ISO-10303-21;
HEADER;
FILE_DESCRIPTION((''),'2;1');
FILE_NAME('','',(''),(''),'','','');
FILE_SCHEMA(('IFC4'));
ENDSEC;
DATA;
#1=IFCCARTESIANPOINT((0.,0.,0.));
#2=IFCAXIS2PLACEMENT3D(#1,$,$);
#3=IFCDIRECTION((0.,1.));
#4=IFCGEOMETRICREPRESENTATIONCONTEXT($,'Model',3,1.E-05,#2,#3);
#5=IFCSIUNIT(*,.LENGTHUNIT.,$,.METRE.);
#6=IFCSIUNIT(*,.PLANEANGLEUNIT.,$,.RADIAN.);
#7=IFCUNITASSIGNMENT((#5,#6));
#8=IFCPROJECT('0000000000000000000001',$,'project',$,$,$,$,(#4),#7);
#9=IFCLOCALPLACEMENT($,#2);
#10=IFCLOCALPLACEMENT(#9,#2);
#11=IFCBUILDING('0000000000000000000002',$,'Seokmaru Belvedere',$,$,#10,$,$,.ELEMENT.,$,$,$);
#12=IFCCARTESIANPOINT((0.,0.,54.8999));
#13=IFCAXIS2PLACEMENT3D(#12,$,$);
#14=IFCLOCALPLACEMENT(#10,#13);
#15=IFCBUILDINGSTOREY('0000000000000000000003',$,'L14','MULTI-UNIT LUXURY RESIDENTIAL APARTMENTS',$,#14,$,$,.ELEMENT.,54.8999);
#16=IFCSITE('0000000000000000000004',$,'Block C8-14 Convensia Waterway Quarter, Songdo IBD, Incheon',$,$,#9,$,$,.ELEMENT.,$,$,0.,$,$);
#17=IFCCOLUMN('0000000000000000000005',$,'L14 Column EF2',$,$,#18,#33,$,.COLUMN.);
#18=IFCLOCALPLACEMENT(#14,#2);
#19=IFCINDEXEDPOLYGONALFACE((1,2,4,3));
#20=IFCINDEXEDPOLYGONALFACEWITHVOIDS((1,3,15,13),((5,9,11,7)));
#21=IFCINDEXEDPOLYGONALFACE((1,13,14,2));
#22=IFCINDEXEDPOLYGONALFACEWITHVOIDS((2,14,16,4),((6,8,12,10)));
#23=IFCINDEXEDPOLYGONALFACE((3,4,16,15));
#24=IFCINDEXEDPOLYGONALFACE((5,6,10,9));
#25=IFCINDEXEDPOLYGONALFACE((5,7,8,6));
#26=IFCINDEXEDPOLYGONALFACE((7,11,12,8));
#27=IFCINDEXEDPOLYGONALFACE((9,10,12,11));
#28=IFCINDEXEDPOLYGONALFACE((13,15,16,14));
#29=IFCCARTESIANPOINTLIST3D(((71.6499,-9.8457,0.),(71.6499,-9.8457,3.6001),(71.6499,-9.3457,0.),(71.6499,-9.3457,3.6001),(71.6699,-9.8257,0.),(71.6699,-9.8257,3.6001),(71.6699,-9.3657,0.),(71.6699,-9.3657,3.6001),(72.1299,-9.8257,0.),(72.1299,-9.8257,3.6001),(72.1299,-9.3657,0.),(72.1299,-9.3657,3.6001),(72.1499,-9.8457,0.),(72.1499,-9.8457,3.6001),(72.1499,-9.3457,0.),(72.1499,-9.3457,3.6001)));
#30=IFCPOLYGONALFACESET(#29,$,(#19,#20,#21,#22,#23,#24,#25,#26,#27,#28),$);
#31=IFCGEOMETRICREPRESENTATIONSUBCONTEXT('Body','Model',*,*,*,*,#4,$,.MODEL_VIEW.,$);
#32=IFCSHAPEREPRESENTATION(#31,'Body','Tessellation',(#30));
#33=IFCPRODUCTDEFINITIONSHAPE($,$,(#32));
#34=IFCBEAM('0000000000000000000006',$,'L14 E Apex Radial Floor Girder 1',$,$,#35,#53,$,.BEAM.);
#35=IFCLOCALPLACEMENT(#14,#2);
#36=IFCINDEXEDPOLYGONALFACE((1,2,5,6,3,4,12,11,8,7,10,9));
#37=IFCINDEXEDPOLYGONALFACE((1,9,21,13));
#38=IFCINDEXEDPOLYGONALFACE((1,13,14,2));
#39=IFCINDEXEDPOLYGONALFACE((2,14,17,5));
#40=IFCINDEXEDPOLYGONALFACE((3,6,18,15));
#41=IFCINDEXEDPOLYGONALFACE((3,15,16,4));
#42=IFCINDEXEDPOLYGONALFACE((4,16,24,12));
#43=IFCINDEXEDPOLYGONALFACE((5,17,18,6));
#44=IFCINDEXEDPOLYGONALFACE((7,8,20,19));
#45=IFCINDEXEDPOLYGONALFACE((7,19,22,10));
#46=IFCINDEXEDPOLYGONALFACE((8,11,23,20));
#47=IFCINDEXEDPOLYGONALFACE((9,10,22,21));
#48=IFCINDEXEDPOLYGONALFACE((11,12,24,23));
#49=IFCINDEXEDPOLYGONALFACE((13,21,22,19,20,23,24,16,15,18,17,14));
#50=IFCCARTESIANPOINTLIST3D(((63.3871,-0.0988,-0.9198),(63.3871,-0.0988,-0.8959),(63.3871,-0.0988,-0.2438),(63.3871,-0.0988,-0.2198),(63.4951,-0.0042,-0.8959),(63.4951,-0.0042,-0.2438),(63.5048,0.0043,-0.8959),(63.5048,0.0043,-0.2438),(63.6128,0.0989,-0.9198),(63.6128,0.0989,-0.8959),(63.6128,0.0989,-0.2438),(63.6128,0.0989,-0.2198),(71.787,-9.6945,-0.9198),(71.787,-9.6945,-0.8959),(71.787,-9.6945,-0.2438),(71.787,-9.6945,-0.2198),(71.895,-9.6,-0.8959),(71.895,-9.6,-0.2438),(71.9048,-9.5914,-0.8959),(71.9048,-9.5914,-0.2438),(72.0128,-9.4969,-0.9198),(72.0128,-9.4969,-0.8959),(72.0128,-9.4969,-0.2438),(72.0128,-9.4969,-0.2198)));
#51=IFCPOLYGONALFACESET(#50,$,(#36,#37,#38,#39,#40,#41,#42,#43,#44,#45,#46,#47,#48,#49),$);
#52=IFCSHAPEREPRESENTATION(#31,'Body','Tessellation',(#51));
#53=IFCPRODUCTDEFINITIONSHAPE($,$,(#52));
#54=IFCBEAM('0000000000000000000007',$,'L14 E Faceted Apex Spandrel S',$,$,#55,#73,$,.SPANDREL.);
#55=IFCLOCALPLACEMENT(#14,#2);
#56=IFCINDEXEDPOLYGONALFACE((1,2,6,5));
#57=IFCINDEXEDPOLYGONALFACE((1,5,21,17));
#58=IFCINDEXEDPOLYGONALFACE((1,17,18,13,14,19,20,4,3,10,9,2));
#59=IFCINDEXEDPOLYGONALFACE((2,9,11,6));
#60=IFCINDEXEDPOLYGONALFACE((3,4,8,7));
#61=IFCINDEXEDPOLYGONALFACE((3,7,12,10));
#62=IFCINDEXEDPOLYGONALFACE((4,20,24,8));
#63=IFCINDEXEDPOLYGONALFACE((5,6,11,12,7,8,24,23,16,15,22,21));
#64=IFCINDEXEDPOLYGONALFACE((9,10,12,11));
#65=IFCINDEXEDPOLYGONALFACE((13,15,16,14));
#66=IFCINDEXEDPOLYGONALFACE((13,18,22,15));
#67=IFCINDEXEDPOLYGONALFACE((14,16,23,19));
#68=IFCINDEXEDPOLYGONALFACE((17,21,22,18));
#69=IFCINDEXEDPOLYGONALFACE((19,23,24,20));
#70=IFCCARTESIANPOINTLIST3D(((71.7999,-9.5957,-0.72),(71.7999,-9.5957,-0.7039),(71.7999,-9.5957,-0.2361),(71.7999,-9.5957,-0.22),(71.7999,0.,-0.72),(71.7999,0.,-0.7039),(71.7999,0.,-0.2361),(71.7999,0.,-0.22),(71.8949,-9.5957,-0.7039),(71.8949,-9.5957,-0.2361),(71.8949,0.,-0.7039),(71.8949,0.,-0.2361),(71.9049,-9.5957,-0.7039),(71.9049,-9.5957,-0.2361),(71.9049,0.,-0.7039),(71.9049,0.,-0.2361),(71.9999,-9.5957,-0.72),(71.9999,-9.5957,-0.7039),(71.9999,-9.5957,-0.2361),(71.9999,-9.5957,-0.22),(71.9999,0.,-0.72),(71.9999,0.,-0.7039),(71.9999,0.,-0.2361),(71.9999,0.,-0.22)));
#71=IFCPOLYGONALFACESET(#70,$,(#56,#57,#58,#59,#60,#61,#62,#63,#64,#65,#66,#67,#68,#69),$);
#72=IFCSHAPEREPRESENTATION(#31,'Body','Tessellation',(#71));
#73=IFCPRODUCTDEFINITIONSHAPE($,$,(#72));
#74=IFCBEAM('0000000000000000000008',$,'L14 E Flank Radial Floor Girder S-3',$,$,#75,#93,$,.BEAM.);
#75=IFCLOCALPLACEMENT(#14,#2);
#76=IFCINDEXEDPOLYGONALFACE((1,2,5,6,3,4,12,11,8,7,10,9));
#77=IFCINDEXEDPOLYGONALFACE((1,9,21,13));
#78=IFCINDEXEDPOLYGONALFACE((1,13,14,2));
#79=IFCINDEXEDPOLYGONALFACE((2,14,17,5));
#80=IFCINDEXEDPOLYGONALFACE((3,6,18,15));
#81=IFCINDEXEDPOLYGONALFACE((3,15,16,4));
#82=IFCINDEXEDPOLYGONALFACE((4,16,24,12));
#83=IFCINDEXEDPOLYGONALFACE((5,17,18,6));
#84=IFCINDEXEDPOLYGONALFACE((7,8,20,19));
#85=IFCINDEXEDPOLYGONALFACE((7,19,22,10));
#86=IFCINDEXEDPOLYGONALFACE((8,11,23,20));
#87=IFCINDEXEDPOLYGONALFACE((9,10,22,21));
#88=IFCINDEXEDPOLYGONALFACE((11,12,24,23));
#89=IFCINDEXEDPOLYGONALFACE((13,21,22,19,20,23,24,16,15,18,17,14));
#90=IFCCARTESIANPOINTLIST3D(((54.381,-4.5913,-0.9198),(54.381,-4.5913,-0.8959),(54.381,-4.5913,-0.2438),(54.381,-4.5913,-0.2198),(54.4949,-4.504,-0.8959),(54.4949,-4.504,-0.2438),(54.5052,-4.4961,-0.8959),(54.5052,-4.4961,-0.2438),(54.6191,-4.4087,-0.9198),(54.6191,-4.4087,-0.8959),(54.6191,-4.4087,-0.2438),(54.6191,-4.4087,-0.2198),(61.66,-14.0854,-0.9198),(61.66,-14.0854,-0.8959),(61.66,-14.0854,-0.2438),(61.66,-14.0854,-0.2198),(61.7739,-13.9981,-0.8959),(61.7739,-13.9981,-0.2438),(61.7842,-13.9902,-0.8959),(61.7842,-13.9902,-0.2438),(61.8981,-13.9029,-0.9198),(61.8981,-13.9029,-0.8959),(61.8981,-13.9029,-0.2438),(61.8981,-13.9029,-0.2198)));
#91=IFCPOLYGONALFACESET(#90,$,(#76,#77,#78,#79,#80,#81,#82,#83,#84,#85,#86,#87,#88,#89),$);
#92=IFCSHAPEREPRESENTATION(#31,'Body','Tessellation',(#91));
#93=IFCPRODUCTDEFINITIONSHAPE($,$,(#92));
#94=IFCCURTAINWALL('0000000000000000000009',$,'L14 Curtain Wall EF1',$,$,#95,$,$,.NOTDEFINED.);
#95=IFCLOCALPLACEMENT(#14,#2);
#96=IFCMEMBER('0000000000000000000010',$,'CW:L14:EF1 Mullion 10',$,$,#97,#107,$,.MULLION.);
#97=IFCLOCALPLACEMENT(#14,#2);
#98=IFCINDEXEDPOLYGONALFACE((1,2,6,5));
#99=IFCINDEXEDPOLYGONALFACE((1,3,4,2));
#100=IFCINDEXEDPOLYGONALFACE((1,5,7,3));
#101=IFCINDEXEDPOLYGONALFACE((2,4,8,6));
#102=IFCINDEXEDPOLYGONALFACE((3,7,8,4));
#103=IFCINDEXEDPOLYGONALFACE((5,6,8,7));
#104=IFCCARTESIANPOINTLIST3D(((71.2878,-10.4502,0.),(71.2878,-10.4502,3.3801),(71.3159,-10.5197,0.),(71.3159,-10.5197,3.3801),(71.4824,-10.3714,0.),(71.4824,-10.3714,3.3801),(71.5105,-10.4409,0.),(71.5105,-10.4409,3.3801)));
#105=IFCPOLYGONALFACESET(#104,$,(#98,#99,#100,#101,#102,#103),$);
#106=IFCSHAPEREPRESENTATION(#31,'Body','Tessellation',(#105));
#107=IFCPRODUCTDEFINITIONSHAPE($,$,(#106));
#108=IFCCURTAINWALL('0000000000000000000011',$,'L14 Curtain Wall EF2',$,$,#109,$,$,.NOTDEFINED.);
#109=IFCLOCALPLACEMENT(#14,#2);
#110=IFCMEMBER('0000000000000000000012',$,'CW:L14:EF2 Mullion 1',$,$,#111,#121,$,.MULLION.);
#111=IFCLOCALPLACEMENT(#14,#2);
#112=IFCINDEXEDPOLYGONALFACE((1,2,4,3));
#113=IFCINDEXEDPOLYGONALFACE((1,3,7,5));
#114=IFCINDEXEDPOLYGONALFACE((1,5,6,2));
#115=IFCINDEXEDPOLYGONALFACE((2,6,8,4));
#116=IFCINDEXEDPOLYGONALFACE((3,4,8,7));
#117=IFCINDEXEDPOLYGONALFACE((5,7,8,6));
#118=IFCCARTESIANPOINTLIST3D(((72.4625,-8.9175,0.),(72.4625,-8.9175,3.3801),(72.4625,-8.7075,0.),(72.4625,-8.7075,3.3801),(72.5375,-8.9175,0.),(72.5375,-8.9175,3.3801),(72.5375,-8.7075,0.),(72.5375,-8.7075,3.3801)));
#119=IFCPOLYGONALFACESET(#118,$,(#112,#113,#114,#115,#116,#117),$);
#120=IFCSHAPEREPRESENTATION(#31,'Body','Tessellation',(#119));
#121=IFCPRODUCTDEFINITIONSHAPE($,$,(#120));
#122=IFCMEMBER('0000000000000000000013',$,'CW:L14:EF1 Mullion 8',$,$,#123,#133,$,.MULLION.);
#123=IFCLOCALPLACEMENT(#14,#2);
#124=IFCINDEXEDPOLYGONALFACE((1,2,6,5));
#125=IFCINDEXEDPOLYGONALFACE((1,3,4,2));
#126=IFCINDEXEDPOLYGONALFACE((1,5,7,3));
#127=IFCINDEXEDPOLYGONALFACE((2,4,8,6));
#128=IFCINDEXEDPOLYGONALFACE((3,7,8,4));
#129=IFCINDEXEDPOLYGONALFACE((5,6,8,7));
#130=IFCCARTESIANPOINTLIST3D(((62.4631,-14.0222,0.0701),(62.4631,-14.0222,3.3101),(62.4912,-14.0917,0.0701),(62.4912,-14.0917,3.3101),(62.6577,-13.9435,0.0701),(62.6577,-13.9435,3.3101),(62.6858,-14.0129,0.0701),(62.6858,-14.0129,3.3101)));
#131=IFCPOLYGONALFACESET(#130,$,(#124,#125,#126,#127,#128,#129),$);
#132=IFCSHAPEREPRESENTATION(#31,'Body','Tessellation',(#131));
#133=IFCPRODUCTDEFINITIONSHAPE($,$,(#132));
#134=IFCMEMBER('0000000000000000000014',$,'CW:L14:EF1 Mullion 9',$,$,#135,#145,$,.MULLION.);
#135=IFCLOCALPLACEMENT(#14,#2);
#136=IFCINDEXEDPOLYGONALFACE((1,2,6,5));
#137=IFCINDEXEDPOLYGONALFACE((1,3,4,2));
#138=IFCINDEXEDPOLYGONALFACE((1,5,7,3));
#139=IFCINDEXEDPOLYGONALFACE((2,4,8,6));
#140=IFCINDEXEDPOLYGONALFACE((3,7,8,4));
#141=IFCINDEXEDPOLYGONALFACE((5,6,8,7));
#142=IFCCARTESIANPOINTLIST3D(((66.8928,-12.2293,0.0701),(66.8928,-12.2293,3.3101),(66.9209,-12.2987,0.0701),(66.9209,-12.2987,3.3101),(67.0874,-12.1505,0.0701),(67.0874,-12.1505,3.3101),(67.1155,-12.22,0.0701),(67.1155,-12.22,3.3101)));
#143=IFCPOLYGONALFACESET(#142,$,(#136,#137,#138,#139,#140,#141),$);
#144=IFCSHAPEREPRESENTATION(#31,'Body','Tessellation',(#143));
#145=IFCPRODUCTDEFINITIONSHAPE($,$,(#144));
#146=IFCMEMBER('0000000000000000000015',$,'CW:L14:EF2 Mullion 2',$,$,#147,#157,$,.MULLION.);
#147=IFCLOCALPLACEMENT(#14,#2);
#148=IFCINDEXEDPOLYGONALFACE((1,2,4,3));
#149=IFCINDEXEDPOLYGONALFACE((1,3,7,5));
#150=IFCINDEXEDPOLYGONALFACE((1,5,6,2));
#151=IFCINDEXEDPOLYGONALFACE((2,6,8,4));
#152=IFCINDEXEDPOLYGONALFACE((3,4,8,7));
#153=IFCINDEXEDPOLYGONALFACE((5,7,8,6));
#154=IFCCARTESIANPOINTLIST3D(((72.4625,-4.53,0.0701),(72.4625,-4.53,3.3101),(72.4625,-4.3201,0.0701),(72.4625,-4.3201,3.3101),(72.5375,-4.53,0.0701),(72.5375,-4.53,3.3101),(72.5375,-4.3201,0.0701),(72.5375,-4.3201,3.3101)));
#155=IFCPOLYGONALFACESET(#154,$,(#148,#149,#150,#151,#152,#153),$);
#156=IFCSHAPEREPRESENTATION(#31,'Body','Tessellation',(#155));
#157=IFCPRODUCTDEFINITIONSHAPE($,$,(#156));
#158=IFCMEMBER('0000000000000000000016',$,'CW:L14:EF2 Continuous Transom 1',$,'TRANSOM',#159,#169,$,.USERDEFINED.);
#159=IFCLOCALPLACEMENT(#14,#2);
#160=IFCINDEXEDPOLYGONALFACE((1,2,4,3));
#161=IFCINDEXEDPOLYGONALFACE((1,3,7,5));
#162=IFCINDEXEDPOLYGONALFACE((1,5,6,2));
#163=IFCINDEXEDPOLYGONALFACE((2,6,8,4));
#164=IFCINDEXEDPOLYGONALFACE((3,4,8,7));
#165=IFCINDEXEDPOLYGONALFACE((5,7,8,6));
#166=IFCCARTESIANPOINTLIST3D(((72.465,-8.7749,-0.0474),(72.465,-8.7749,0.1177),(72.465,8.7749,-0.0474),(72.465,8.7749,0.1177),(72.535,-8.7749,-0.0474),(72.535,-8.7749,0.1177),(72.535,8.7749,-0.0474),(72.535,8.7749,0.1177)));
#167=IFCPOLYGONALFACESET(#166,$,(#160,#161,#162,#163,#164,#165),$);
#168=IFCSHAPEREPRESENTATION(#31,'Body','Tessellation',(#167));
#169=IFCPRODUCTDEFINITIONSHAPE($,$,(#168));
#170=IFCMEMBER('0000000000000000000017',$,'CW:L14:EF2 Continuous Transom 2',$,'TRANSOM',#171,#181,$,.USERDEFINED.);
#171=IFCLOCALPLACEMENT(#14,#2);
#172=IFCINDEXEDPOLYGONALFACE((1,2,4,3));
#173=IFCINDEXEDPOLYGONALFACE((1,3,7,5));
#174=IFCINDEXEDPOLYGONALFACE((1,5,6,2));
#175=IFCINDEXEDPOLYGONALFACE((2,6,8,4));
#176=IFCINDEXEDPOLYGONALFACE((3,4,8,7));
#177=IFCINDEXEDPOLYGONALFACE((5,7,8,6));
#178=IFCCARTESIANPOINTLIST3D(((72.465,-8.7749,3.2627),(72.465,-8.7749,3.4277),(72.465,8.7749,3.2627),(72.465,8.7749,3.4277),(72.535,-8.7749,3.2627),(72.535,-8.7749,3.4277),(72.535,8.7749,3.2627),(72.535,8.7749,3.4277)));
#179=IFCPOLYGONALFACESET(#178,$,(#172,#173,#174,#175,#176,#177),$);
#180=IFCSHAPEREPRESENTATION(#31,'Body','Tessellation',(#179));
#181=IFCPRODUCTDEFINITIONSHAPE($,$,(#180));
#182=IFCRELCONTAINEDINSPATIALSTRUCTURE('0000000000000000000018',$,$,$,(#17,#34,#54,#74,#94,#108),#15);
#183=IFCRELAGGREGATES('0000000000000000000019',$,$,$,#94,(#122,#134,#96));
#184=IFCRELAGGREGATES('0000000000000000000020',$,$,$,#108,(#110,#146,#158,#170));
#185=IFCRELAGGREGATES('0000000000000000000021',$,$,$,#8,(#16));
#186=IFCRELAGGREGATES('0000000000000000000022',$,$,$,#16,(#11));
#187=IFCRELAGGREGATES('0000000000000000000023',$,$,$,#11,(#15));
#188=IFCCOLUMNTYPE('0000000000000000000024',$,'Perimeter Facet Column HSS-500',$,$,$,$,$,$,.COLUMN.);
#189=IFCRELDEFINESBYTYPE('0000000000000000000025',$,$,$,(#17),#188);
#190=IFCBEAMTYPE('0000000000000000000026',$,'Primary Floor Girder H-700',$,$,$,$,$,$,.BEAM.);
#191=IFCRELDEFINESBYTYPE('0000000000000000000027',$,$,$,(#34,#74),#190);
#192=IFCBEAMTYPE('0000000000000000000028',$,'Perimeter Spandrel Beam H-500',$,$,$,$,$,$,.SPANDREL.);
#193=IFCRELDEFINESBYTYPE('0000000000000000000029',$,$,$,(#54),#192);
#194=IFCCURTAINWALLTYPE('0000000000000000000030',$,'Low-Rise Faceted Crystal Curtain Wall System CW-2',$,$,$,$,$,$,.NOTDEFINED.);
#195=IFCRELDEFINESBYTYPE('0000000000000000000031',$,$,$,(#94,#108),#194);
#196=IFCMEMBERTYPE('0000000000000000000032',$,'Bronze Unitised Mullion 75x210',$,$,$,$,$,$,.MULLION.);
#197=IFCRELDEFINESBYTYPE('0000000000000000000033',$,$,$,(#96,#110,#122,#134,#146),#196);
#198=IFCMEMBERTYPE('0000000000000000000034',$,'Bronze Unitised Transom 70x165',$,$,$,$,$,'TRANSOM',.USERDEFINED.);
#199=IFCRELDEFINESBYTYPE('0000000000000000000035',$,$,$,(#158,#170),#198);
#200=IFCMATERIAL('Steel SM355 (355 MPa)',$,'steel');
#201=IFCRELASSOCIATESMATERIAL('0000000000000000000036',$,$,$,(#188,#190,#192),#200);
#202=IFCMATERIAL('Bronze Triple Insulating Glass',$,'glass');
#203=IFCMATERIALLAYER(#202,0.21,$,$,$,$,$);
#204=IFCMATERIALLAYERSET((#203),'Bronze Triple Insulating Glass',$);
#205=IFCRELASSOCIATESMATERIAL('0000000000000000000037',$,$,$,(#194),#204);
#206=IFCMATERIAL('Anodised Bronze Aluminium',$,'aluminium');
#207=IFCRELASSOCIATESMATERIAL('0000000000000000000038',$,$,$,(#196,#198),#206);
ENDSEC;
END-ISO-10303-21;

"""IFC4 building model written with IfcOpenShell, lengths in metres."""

from ifc_helpers import new_model, si_unit, direction, frame, origin, origin_2d, place, context, subcontext, project, spatial, rectangle, hollow_rectangle, i_section, extrude, source, transform, mapped, material, layer, layer_set, material_profile, profile_set, type_object, type_shapes, element, aggregate, save


model = new_model("IFC4")

# Units and contexts
model_context = context("Model", 3, precision=1e-05, world=origin(), true_north=direction((0.0, 1.0)))
body_context = subcontext(model_context, "Body", "Model", "MODEL_VIEW")
ifc_project = project(units=[si_unit("LENGTHUNIT", "METRE"), si_unit("PLANEANGLEUNIT", "RADIAN")], contexts=[model_context])

# Site, building, storey
site_placement = place(None, origin())
site = spatial("IfcSite", under=ifc_project, at=site_placement, Name="Block C8-14 Convensia Waterway Quarter, Songdo IBD, Incheon", CompositionType="ELEMENT", RefElevation=0.0)
building_placement = place(site_placement, origin())
building = spatial("IfcBuilding", under=site, at=building_placement, Name="Seokmaru Belvedere", CompositionType="ELEMENT")
storey_placement = place(building_placement, frame((0.0, 0.0, 54.8999)))
storey = spatial("IfcBuildingStorey", under=building, at=storey_placement, Name="L14", Description="MULTI-UNIT LUXURY RESIDENTIAL APARTMENTS", CompositionType="ELEMENT", Elevation=54.8999)

# Column
ifc_material_1 = material(Name="Steel SM355 (355 MPa)", Category="steel")
ifc_material_profile_1 = material_profile(ifc_material_1, hollow_rectangle(XDim=0.5, YDim=0.5, WallThickness=0.02, at=origin_2d()), Name="HSS-500x500x20")
ifc_profile_set_1 = profile_set([ifc_material_profile_1], Name="Steel SM355 (355 MPa)")
column_type = type_object("IfcColumnType", Name="Perimeter Facet Column HSS-500", PredefinedType="COLUMN", material=ifc_profile_set_1)
shared_shape_1 = source(origin(), body_context, "Body", "SweptSolid", [
    extrude(hollow_rectangle(XDim=0.5, YDim=0.5, WallThickness=0.02, at=origin_2d()), origin(), (0.0, 0.0, 1.0), 3.6001),
])
type_shapes(column_type, [shared_shape_1])
column_placement = place(storey_placement, frame((71.8999, -9.5957, 0.0), z_axis=(0.0, 0.0, 1.0), x_axis=(1.0, 0.0, 0.0)))
element("IfcColumn", 1, at=column_placement, inside=storey, type_object=column_type, Name="L14 Column EF2", PredefinedType="COLUMN", context=body_context, shape_type="MappedRepresentation", body=[
    mapped(shared_shape_1, transform((0.0, 0.0, 0.0), scale=1.0)),
])

# Beams
ifc_material_profile_2 = material_profile(ifc_material_1, i_section(OverallWidth=0.3, OverallDepth=0.7, WebThickness=0.0129, FlangeThickness=0.0239, at=origin_2d()), Name="H-700x300x13x24")
ifc_profile_set_2 = profile_set([ifc_material_profile_2], Name="Steel SM355 (355 MPa)")
beam_type_1 = type_object("IfcBeamType", Name="Primary Floor Girder H-700", PredefinedType="BEAM", material=ifc_profile_set_2)
shared_shape_2 = source(origin(), body_context, "Body", "SweptSolid", [
    extrude(i_section(OverallWidth=0.3, OverallDepth=0.7, WebThickness=0.0129, FlangeThickness=0.0239, at=origin_2d()), origin(), (0.0, 0.0, 1.0), 12.7529),
])
beam_1_placement = place(storey_placement, frame((71.8999, -9.5957, -0.5698), z_axis=(-0.658667, 0.752434, 0.0), x_axis=(-0.752434, -0.658667, 0.0)))
element("IfcBeam", 2, at=beam_1_placement, inside=storey, type_object=beam_type_1, Name="L14 E Apex Radial Floor Girder 1", PredefinedType="BEAM", context=body_context, shape_type="MappedRepresentation", body=[
    mapped(shared_shape_2, transform((0.0, 0.0, 0.0), scale=1.0)),
])
ifc_material_profile_3 = material_profile(ifc_material_1, i_section(OverallWidth=0.2, OverallDepth=0.5, WebThickness=0.01, FlangeThickness=0.0161, at=origin_2d()), Name="H-500x200x10x16")
ifc_profile_set_3 = profile_set([ifc_material_profile_3], Name="Steel SM355 (355 MPa)")
beam_type_2 = type_object("IfcBeamType", Name="Perimeter Spandrel Beam H-500", PredefinedType="SPANDREL", material=ifc_profile_set_3)
shared_shape_3 = source(origin(), body_context, "Body", "SweptSolid", [
    extrude(i_section(OverallWidth=0.2, OverallDepth=0.5, WebThickness=0.01, FlangeThickness=0.0161, at=origin_2d()), origin(), (0.0, 0.0, 1.0), 9.5957),
])
type_shapes(beam_type_2, [shared_shape_3])
beam_2_placement = place(storey_placement, frame((71.8999, -9.5957, -0.47), z_axis=(0.0, 1.0, 0.0), x_axis=(-1.0, 0.0, 0.0)))
element("IfcBeam", 3, at=beam_2_placement, inside=storey, type_object=beam_type_2, Name="L14 E Faceted Apex Spandrel S", PredefinedType="SPANDREL", context=body_context, shape_type="MappedRepresentation", body=[
    mapped(shared_shape_3, transform((0.0, 0.0, 0.0), scale=1.0)),
])
shared_shape_4 = source(origin(), body_context, "Body", "SweptSolid", [
    extrude(i_section(OverallWidth=0.3, OverallDepth=0.7, WebThickness=0.0129, FlangeThickness=0.0239, at=origin_2d()), origin(), (0.0, 0.0, 1.0), 11.9634),
])
type_shapes(beam_type_1, [shared_shape_2, shared_shape_4])
beam_3_placement = place(storey_placement, frame((61.7791, -13.9941, -0.5698), z_axis=(-0.608443, 0.793598, 0.0), x_axis=(-0.793598, -0.608443, 0.0)))
element("IfcBeam", 4, at=beam_3_placement, inside=storey, type_object=beam_type_1, Name="L14 E Flank Radial Floor Girder S-3", PredefinedType="BEAM", context=body_context, shape_type="MappedRepresentation", body=[
    mapped(shared_shape_4, transform((0.0, 0.0, 0.0), scale=1.0)),
])

# Curtain walls, members
ifc_material_2 = material(Name="Bronze Triple Insulating Glass", Category="glass")
ifc_layer_1 = layer(ifc_material_2, 0.21)
ifc_layer_set_1 = layer_set([ifc_layer_1], Name="Bronze Triple Insulating Glass")
curtain_wall_type = type_object("IfcCurtainWallType", Name="Low-Rise Faceted Crystal Curtain Wall System CW-2", PredefinedType="NOTDEFINED", material=ifc_layer_set_1)
curtain_wall_1_placement = place(storey_placement, origin())
curtain_wall_1 = element("IfcCurtainWall", 5, at=curtain_wall_1_placement, inside=storey, type_object=curtain_wall_type, Name="L14 Curtain Wall EF1", PredefinedType="NOTDEFINED")
ifc_material_3 = material(Name="Anodised Bronze Aluminium", Category="aluminium")
ifc_material_profile_4 = material_profile(ifc_material_3, rectangle(XDim=0.075, YDim=0.21, at=origin_2d()), Name="CW-M-75x210")
ifc_profile_set_4 = profile_set([ifc_material_profile_4], Name="Anodised Bronze Aluminium")
member_type_1 = type_object("IfcMemberType", Name="Bronze Unitised Mullion 75x210", PredefinedType="MULLION", material=ifc_profile_set_4)
shared_shape_5 = source(origin(), body_context, "Body", "SweptSolid", [
    extrude(rectangle(XDim=0.075, YDim=0.21, at=origin_2d()), origin(), (0.0, 0.0, 1.0), 3.3801),
])
member_1_placement = place(storey_placement, frame((71.3992, -10.4456, 0.0), z_axis=(0.0, 0.0, 1.0), x_axis=(-0.375192, 0.926947, 0.0)))
member_1 = element("IfcMember", 6, at=member_1_placement, type_object=member_type_1, Name="CW:L14:EF1 Mullion 10", PredefinedType="MULLION", context=body_context, shape_type="MappedRepresentation", body=[
    mapped(shared_shape_5, transform((0.0, 0.0, 0.0), scale=1.0)),
])
curtain_wall_2_placement = place(storey_placement, origin())
curtain_wall_2 = element("IfcCurtainWall", 7, at=curtain_wall_2_placement, inside=storey, type_object=curtain_wall_type, Name="L14 Curtain Wall EF2", PredefinedType="NOTDEFINED")
member_2_placement = place(storey_placement, frame((72.5, -8.8125, 0.0), z_axis=(0.0, 0.0, 1.0), x_axis=(-1.0, 0.0, 0.0)))
member_2 = element("IfcMember", 8, at=member_2_placement, type_object=member_type_1, Name="CW:L14:EF2 Mullion 1", PredefinedType="MULLION", context=body_context, shape_type="MappedRepresentation", body=[
    mapped(shared_shape_5, transform((0.0, 0.0, 0.0), scale=1.0)),
])

# Members
shared_shape_6 = source(origin(), body_context, "Body", "SweptSolid", [
    extrude(rectangle(XDim=0.075, YDim=0.21, at=origin_2d()), origin(), (0.0, 0.0, 1.0), 3.24),
])
type_shapes(member_type_1, [shared_shape_5, shared_shape_6])
member_3_placement = place(storey_placement, frame((62.5745, -14.0176, 0.0701), z_axis=(0.0, 0.0, 1.0), x_axis=(-0.375192, 0.926947, 0.0)))
member_3 = element("IfcMember", 9, at=member_3_placement, type_object=member_type_1, Name="CW:L14:EF1 Mullion 8", PredefinedType="MULLION", context=body_context, shape_type="MappedRepresentation", body=[
    mapped(shared_shape_6, transform((0.0, 0.0, 0.0), scale=1.0)),
])
member_4_placement = place(storey_placement, frame((67.0042, -12.2246, 0.0701), z_axis=(0.0, 0.0, 1.0), x_axis=(-0.375192, 0.926947, 0.0)))
member_4 = element("IfcMember", 10, at=member_4_placement, type_object=member_type_1, Name="CW:L14:EF1 Mullion 9", PredefinedType="MULLION", context=body_context, shape_type="MappedRepresentation", body=[
    mapped(shared_shape_6, transform((0.0, 0.0, 0.0), scale=1.0)),
])
member_5_placement = place(storey_placement, frame((72.5, -4.425, 0.0701), z_axis=(0.0, 0.0, 1.0), x_axis=(-1.0, 0.0, 0.0)))
member_5 = element("IfcMember", 11, at=member_5_placement, type_object=member_type_1, Name="CW:L14:EF2 Mullion 2", PredefinedType="MULLION", context=body_context, shape_type="MappedRepresentation", body=[
    mapped(shared_shape_6, transform((0.0, 0.0, 0.0), scale=1.0)),
])
ifc_material_profile_5 = material_profile(ifc_material_3, rectangle(XDim=0.0701, YDim=0.165, at=origin_2d()), Name="CW-T-70x165")
ifc_profile_set_5 = profile_set([ifc_material_profile_5], Name="Anodised Bronze Aluminium")
member_type_2 = type_object("IfcMemberType", Name="Bronze Unitised Transom 70x165", ElementType="TRANSOM", PredefinedType="USERDEFINED", material=ifc_profile_set_5)
shared_shape_7 = source(origin(), body_context, "Body", "SweptSolid", [
    extrude(rectangle(XDim=0.0701, YDim=0.165, at=origin_2d()), origin(), (0.0, 0.0, 1.0), 17.5498),
])
type_shapes(member_type_2, [shared_shape_7])
member_6_placement = place(storey_placement, frame((72.5, -8.7749, 0.0352), z_axis=(0.0, 1.0, 0.0), x_axis=(-1.0, 0.0, 0.0)))
member_6 = element("IfcMember", 12, at=member_6_placement, type_object=member_type_2, Name="CW:L14:EF2 Continuous Transom 1", ObjectType="TRANSOM", PredefinedType="USERDEFINED", context=body_context, shape_type="MappedRepresentation", body=[
    mapped(shared_shape_7, transform((0.0, 0.0, 0.0), scale=1.0)),
])
member_7_placement = place(storey_placement, frame((72.5, -8.7749, 3.3452), z_axis=(0.0, 1.0, 0.0), x_axis=(-1.0, 0.0, 0.0)))
member_7 = element("IfcMember", 13, at=member_7_placement, type_object=member_type_2, Name="CW:L14:EF2 Continuous Transom 2", ObjectType="TRANSOM", PredefinedType="USERDEFINED", context=body_context, shape_type="MappedRepresentation", body=[
    mapped(shared_shape_7, transform((0.0, 0.0, 0.0), scale=1.0)),
])

aggregate(curtain_wall_1, [member_3, member_4, member_1])
aggregate(curtain_wall_2, [member_2, member_5, member_6, member_7])

save(model, "model.ifc")
